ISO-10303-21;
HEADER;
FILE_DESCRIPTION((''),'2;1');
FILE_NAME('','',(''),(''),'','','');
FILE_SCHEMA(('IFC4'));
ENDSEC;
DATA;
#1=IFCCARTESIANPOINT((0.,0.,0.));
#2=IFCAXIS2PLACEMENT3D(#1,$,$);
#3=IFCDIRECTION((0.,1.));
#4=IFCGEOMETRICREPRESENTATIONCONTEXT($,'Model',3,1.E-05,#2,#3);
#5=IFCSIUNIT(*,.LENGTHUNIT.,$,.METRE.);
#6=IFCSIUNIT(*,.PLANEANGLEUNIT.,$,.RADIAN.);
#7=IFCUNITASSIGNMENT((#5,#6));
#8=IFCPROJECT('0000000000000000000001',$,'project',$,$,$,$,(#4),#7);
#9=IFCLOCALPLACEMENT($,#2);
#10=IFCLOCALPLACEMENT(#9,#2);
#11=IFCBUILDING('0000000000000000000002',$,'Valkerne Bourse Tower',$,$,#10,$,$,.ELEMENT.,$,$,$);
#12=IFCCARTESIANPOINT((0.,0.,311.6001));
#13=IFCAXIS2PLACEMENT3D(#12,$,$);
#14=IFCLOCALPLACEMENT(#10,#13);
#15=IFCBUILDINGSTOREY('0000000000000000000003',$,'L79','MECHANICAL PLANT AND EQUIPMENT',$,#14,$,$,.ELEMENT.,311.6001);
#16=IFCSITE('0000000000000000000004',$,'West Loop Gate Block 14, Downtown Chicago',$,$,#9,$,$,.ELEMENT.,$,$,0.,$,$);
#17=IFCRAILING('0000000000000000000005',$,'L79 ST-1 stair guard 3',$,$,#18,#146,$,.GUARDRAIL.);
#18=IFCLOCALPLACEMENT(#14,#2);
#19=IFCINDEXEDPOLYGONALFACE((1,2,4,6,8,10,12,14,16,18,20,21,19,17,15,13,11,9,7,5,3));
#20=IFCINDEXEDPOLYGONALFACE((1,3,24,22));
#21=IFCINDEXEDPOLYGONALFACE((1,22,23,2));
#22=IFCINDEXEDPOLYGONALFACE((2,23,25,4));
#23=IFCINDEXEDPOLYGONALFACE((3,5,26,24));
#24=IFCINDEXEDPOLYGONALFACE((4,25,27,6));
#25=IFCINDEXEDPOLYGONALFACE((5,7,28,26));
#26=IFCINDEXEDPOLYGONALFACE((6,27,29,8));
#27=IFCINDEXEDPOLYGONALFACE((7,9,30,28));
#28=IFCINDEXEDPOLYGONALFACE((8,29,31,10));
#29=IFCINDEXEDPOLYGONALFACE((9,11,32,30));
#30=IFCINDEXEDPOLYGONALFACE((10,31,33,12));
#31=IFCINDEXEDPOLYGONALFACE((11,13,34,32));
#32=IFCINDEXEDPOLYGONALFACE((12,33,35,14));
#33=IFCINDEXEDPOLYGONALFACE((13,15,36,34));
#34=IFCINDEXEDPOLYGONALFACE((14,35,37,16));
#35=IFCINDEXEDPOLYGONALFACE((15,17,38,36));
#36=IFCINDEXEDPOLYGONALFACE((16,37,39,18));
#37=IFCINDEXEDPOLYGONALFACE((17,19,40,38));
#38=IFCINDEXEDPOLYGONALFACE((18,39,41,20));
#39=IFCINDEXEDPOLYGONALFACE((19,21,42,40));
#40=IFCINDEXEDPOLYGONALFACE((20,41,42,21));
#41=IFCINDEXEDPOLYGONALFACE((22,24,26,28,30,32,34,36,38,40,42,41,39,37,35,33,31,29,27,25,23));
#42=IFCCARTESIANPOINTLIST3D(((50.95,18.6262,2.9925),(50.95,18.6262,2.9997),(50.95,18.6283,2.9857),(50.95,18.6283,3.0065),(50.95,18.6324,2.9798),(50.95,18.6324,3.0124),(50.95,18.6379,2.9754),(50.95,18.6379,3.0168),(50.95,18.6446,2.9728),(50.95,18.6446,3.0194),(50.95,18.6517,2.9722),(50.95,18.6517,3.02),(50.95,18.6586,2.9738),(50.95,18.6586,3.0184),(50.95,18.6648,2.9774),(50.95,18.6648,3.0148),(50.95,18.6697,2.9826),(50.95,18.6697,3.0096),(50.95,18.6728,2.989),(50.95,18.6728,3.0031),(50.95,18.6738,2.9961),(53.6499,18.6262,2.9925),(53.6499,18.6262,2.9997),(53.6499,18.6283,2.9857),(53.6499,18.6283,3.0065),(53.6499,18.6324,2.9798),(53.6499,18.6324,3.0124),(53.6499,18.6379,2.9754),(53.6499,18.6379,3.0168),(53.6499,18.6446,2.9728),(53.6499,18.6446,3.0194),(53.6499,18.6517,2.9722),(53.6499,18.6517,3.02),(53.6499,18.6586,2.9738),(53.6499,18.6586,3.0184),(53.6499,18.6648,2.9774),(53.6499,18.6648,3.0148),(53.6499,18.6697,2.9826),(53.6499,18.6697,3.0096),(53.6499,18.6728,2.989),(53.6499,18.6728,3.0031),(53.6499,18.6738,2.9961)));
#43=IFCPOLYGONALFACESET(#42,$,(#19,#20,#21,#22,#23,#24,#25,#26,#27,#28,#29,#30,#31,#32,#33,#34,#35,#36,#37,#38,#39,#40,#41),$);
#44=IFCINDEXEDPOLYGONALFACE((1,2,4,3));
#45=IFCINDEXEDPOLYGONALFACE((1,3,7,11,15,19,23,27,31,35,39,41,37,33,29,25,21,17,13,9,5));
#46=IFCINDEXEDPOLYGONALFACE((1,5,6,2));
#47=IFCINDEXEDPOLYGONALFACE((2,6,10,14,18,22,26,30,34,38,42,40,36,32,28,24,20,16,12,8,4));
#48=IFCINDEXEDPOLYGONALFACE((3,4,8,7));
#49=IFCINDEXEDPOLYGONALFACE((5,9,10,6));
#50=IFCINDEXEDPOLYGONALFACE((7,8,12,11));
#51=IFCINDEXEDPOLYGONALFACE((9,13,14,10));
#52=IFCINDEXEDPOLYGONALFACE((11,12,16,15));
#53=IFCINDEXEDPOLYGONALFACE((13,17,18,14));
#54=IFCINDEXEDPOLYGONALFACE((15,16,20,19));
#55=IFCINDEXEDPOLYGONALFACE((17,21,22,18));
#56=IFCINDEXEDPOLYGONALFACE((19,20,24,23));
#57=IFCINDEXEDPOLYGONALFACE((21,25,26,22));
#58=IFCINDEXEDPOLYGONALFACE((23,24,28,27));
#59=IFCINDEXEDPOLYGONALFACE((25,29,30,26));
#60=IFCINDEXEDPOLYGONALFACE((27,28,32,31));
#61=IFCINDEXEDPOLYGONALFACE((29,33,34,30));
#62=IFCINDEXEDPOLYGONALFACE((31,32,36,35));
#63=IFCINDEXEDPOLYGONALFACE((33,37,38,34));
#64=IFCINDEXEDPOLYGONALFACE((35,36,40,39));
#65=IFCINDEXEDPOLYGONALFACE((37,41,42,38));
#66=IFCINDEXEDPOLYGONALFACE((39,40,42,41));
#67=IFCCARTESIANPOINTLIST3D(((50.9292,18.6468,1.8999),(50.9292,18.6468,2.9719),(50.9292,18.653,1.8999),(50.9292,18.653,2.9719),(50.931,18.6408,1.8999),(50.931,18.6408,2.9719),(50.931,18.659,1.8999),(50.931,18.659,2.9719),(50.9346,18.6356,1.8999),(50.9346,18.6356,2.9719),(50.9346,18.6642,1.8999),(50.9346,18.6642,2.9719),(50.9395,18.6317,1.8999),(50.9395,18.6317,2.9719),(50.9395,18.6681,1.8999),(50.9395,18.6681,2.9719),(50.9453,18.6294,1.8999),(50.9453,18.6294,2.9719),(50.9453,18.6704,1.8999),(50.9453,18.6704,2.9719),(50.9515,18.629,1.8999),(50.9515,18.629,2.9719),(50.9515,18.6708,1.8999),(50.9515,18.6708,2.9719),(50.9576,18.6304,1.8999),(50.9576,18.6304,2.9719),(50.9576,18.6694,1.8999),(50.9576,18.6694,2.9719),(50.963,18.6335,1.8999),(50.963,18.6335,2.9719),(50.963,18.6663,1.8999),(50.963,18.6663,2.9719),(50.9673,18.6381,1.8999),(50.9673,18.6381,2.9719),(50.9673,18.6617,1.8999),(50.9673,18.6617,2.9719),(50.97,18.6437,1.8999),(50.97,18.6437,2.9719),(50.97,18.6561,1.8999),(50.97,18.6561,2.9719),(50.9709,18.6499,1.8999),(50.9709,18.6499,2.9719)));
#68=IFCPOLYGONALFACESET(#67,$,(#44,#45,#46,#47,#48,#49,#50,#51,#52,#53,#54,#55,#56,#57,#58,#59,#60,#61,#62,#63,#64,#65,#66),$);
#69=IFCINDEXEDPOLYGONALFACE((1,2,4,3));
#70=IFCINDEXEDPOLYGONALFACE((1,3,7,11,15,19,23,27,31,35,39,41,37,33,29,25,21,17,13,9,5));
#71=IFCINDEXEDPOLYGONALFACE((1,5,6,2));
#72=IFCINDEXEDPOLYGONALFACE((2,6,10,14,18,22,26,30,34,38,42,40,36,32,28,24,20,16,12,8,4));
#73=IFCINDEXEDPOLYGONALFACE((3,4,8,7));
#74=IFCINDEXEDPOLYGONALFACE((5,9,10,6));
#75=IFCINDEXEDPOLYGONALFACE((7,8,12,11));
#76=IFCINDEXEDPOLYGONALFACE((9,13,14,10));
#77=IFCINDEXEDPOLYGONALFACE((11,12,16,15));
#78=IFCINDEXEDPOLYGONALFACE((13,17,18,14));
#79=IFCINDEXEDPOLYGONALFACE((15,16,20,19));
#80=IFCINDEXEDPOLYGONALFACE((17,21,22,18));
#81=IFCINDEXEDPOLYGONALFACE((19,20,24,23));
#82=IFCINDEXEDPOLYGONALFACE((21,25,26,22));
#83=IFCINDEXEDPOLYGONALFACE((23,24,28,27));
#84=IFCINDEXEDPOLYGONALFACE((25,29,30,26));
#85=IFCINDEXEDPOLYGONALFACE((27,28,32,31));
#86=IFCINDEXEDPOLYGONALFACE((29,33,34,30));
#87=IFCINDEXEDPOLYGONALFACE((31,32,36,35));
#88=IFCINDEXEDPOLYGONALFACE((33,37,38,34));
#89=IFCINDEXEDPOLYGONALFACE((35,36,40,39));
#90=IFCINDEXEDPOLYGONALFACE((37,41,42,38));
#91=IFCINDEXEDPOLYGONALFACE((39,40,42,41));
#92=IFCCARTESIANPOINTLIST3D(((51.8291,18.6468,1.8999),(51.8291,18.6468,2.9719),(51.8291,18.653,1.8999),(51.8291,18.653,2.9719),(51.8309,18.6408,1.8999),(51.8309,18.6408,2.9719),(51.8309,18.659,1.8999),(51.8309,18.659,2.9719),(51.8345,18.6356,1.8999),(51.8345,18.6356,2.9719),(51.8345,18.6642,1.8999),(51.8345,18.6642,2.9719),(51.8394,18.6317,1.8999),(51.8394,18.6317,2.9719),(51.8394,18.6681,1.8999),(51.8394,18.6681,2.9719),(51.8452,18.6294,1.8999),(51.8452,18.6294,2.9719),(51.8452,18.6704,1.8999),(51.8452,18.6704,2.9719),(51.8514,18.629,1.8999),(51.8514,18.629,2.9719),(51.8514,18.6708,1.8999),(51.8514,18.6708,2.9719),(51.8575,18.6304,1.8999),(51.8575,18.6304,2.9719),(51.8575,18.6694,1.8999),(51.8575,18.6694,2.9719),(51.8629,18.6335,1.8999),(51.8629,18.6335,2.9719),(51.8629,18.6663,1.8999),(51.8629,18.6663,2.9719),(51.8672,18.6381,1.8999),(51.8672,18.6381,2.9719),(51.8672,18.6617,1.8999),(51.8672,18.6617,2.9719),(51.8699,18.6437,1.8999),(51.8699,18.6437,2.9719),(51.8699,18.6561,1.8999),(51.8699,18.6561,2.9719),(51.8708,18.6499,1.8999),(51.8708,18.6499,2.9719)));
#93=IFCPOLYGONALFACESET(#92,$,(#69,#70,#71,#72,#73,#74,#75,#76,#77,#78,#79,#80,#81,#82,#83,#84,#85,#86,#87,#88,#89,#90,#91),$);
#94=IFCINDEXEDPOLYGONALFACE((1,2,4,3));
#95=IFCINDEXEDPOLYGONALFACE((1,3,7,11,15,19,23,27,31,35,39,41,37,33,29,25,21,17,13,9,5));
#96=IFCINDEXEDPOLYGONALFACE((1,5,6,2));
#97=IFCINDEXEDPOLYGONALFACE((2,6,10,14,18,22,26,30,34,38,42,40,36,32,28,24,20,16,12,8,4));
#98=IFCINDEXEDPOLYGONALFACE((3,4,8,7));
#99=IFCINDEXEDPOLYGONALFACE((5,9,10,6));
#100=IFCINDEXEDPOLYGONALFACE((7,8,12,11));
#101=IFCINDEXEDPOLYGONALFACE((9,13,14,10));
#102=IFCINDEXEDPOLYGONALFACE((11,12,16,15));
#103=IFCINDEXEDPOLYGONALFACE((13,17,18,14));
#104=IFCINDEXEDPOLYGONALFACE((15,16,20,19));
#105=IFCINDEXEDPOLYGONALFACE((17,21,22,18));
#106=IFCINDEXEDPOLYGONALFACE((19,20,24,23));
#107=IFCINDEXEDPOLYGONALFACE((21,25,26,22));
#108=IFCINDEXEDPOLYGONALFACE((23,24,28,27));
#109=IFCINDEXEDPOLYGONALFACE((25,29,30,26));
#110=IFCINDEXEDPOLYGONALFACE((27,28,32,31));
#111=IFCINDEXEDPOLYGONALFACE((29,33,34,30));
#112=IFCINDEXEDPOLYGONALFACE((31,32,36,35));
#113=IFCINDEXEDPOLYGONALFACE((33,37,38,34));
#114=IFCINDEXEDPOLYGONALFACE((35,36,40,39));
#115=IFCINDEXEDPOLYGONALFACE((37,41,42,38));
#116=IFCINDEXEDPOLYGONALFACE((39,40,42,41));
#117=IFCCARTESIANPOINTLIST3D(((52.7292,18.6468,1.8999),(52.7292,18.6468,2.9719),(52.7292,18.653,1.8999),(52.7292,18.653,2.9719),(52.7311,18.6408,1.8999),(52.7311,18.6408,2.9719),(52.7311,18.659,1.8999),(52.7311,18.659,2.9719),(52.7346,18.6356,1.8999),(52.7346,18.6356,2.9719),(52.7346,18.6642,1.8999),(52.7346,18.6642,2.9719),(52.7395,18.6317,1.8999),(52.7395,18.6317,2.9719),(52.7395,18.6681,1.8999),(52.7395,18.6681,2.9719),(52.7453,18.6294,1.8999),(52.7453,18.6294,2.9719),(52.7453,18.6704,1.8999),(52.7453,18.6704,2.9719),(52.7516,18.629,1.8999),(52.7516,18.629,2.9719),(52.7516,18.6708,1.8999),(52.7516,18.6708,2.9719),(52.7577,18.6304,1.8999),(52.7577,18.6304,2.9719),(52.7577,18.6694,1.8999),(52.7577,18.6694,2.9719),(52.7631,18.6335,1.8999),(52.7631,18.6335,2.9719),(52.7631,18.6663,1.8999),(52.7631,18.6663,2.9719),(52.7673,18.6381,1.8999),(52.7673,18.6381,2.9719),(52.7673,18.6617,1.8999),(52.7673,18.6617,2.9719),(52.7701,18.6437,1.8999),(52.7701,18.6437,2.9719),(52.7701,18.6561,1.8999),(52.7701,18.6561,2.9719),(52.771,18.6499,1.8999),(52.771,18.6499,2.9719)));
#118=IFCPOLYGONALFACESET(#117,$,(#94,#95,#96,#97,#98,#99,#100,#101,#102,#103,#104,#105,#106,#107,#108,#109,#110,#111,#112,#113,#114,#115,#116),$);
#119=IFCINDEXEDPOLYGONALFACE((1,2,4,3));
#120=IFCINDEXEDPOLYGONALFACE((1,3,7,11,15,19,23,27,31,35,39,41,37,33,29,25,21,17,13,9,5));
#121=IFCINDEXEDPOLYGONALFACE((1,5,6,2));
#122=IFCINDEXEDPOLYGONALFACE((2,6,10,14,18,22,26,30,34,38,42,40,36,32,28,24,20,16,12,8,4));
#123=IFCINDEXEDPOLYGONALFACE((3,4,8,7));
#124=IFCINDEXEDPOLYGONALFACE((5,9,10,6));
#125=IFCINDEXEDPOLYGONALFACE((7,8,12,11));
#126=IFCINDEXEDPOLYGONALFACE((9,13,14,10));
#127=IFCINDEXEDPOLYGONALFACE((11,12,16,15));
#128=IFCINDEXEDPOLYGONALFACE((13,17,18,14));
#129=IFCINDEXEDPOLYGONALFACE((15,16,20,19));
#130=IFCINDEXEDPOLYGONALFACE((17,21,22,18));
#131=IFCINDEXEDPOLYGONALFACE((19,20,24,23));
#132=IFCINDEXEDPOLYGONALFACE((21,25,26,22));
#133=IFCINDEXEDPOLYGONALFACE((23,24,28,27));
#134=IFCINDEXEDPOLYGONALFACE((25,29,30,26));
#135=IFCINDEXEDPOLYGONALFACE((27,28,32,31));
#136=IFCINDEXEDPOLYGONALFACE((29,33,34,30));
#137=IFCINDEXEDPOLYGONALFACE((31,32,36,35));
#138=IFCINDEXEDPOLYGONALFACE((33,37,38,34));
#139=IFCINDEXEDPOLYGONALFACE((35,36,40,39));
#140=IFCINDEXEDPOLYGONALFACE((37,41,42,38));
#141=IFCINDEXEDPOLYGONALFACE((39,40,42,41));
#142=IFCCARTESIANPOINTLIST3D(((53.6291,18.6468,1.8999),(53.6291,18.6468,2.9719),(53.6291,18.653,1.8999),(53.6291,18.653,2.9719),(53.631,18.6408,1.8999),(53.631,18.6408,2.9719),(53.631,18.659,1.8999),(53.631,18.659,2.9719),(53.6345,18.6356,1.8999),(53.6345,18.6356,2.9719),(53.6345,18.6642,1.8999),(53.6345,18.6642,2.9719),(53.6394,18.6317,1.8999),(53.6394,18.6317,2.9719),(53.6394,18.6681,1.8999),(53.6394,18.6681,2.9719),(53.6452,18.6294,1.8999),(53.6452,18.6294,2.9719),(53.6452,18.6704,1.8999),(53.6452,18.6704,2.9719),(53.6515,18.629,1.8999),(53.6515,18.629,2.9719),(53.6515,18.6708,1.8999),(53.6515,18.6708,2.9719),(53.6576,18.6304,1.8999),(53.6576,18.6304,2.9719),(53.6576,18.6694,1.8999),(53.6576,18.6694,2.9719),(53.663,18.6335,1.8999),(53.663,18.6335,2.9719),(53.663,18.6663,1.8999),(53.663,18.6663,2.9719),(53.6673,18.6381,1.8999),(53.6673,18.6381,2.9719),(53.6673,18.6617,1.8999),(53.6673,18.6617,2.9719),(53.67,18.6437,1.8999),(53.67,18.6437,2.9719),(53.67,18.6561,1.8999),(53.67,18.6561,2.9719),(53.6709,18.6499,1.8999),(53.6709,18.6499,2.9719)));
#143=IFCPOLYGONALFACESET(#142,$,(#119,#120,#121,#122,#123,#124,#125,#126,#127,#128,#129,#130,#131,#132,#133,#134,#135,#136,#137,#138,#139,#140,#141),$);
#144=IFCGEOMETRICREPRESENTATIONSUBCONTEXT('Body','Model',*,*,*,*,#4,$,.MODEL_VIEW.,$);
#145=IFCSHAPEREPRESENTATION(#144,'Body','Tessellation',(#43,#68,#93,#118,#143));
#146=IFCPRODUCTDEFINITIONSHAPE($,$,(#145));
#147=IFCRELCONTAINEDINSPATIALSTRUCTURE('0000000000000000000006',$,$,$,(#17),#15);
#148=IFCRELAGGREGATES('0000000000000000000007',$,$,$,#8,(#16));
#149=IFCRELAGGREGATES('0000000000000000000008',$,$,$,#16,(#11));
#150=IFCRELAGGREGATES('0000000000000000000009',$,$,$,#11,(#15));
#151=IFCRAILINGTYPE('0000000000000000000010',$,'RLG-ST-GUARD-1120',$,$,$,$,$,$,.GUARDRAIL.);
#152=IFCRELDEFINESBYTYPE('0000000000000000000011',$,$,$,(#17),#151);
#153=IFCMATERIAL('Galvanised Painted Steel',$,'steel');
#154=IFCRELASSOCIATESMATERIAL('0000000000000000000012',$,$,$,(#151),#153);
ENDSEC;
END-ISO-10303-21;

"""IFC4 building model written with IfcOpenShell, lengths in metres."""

from ifc_helpers import new_model, si_unit, direction, frame, origin, origin_2d, place, context, subcontext, project, spatial, circle, extrude, material, type_object, element, save


model = new_model("IFC4")

# Units and contexts
model_context = context("Model", 3, precision=1e-05, world=origin(), true_north=direction((0.0, 1.0)))
body_context = subcontext(model_context, "Body", "Model", "MODEL_VIEW")
ifc_project = project(units=[si_unit("LENGTHUNIT", "METRE"), si_unit("PLANEANGLEUNIT", "RADIAN")], contexts=[model_context])

# Site, building, storey
site_placement = place(None, origin())
site = spatial("IfcSite", under=ifc_project, at=site_placement, Name="West Loop Gate Block 14, Downtown Chicago", CompositionType="ELEMENT", RefElevation=0.0)
building_placement = place(site_placement, origin())
building = spatial("IfcBuilding", under=site, at=building_placement, Name="Valkerne Bourse Tower", CompositionType="ELEMENT")
storey_placement = place(building_placement, frame((0.0, 0.0, 311.6001)))
storey = spatial("IfcBuildingStorey", under=building, at=storey_placement, Name="L79", Description="MECHANICAL PLANT AND EQUIPMENT", CompositionType="ELEMENT", Elevation=311.6001)

# Shared definitions
ifc_material_1 = material(Name="Galvanised Painted Steel", Category="steel")

# Railing
railing_type_1 = type_object("IfcRailingType", Name="RLG-ST-GUARD-1120", PredefinedType="GUARDRAIL", material=ifc_material_1)
for number, where, name in (
    (1, (50.95, 18.6499, 1.8999), "L79 ST-1 stair guard 3"),
):
    element("IfcRailing", number, at=place(storey_placement, frame(where)), inside=storey, type_object=railing_type_1, Name=name, PredefinedType="GUARDRAIL", context=body_context, shape_type="SweptSolid", body=[
        extrude(circle(Radius=0.0239, at=origin_2d()), frame((0.0, 0.0, 1.0962), z_axis=(1.0, 0.0, 0.0), x_axis=(0.0, 1.0, 0.0)), (0.0, 0.0, 1.0), 2.7),
        extrude(circle(Radius=0.021, at=origin_2d()), origin(), (0.0, 0.0, 1.0), 1.072),
        extrude(circle(Radius=0.021, at=origin_2d()), frame((0.8999, 0.0, 0.0)), (0.0, 0.0, 1.0), 1.072),
        extrude(circle(Radius=0.021, at=origin_2d()), frame((1.8, 0.0, 0.0)), (0.0, 0.0, 1.0), 1.072),
        extrude(circle(Radius=0.021, at=origin_2d()), frame((2.7, 0.0, 0.0)), (0.0, 0.0, 1.0), 1.072),
    ])

save(model, "model.ifc")
